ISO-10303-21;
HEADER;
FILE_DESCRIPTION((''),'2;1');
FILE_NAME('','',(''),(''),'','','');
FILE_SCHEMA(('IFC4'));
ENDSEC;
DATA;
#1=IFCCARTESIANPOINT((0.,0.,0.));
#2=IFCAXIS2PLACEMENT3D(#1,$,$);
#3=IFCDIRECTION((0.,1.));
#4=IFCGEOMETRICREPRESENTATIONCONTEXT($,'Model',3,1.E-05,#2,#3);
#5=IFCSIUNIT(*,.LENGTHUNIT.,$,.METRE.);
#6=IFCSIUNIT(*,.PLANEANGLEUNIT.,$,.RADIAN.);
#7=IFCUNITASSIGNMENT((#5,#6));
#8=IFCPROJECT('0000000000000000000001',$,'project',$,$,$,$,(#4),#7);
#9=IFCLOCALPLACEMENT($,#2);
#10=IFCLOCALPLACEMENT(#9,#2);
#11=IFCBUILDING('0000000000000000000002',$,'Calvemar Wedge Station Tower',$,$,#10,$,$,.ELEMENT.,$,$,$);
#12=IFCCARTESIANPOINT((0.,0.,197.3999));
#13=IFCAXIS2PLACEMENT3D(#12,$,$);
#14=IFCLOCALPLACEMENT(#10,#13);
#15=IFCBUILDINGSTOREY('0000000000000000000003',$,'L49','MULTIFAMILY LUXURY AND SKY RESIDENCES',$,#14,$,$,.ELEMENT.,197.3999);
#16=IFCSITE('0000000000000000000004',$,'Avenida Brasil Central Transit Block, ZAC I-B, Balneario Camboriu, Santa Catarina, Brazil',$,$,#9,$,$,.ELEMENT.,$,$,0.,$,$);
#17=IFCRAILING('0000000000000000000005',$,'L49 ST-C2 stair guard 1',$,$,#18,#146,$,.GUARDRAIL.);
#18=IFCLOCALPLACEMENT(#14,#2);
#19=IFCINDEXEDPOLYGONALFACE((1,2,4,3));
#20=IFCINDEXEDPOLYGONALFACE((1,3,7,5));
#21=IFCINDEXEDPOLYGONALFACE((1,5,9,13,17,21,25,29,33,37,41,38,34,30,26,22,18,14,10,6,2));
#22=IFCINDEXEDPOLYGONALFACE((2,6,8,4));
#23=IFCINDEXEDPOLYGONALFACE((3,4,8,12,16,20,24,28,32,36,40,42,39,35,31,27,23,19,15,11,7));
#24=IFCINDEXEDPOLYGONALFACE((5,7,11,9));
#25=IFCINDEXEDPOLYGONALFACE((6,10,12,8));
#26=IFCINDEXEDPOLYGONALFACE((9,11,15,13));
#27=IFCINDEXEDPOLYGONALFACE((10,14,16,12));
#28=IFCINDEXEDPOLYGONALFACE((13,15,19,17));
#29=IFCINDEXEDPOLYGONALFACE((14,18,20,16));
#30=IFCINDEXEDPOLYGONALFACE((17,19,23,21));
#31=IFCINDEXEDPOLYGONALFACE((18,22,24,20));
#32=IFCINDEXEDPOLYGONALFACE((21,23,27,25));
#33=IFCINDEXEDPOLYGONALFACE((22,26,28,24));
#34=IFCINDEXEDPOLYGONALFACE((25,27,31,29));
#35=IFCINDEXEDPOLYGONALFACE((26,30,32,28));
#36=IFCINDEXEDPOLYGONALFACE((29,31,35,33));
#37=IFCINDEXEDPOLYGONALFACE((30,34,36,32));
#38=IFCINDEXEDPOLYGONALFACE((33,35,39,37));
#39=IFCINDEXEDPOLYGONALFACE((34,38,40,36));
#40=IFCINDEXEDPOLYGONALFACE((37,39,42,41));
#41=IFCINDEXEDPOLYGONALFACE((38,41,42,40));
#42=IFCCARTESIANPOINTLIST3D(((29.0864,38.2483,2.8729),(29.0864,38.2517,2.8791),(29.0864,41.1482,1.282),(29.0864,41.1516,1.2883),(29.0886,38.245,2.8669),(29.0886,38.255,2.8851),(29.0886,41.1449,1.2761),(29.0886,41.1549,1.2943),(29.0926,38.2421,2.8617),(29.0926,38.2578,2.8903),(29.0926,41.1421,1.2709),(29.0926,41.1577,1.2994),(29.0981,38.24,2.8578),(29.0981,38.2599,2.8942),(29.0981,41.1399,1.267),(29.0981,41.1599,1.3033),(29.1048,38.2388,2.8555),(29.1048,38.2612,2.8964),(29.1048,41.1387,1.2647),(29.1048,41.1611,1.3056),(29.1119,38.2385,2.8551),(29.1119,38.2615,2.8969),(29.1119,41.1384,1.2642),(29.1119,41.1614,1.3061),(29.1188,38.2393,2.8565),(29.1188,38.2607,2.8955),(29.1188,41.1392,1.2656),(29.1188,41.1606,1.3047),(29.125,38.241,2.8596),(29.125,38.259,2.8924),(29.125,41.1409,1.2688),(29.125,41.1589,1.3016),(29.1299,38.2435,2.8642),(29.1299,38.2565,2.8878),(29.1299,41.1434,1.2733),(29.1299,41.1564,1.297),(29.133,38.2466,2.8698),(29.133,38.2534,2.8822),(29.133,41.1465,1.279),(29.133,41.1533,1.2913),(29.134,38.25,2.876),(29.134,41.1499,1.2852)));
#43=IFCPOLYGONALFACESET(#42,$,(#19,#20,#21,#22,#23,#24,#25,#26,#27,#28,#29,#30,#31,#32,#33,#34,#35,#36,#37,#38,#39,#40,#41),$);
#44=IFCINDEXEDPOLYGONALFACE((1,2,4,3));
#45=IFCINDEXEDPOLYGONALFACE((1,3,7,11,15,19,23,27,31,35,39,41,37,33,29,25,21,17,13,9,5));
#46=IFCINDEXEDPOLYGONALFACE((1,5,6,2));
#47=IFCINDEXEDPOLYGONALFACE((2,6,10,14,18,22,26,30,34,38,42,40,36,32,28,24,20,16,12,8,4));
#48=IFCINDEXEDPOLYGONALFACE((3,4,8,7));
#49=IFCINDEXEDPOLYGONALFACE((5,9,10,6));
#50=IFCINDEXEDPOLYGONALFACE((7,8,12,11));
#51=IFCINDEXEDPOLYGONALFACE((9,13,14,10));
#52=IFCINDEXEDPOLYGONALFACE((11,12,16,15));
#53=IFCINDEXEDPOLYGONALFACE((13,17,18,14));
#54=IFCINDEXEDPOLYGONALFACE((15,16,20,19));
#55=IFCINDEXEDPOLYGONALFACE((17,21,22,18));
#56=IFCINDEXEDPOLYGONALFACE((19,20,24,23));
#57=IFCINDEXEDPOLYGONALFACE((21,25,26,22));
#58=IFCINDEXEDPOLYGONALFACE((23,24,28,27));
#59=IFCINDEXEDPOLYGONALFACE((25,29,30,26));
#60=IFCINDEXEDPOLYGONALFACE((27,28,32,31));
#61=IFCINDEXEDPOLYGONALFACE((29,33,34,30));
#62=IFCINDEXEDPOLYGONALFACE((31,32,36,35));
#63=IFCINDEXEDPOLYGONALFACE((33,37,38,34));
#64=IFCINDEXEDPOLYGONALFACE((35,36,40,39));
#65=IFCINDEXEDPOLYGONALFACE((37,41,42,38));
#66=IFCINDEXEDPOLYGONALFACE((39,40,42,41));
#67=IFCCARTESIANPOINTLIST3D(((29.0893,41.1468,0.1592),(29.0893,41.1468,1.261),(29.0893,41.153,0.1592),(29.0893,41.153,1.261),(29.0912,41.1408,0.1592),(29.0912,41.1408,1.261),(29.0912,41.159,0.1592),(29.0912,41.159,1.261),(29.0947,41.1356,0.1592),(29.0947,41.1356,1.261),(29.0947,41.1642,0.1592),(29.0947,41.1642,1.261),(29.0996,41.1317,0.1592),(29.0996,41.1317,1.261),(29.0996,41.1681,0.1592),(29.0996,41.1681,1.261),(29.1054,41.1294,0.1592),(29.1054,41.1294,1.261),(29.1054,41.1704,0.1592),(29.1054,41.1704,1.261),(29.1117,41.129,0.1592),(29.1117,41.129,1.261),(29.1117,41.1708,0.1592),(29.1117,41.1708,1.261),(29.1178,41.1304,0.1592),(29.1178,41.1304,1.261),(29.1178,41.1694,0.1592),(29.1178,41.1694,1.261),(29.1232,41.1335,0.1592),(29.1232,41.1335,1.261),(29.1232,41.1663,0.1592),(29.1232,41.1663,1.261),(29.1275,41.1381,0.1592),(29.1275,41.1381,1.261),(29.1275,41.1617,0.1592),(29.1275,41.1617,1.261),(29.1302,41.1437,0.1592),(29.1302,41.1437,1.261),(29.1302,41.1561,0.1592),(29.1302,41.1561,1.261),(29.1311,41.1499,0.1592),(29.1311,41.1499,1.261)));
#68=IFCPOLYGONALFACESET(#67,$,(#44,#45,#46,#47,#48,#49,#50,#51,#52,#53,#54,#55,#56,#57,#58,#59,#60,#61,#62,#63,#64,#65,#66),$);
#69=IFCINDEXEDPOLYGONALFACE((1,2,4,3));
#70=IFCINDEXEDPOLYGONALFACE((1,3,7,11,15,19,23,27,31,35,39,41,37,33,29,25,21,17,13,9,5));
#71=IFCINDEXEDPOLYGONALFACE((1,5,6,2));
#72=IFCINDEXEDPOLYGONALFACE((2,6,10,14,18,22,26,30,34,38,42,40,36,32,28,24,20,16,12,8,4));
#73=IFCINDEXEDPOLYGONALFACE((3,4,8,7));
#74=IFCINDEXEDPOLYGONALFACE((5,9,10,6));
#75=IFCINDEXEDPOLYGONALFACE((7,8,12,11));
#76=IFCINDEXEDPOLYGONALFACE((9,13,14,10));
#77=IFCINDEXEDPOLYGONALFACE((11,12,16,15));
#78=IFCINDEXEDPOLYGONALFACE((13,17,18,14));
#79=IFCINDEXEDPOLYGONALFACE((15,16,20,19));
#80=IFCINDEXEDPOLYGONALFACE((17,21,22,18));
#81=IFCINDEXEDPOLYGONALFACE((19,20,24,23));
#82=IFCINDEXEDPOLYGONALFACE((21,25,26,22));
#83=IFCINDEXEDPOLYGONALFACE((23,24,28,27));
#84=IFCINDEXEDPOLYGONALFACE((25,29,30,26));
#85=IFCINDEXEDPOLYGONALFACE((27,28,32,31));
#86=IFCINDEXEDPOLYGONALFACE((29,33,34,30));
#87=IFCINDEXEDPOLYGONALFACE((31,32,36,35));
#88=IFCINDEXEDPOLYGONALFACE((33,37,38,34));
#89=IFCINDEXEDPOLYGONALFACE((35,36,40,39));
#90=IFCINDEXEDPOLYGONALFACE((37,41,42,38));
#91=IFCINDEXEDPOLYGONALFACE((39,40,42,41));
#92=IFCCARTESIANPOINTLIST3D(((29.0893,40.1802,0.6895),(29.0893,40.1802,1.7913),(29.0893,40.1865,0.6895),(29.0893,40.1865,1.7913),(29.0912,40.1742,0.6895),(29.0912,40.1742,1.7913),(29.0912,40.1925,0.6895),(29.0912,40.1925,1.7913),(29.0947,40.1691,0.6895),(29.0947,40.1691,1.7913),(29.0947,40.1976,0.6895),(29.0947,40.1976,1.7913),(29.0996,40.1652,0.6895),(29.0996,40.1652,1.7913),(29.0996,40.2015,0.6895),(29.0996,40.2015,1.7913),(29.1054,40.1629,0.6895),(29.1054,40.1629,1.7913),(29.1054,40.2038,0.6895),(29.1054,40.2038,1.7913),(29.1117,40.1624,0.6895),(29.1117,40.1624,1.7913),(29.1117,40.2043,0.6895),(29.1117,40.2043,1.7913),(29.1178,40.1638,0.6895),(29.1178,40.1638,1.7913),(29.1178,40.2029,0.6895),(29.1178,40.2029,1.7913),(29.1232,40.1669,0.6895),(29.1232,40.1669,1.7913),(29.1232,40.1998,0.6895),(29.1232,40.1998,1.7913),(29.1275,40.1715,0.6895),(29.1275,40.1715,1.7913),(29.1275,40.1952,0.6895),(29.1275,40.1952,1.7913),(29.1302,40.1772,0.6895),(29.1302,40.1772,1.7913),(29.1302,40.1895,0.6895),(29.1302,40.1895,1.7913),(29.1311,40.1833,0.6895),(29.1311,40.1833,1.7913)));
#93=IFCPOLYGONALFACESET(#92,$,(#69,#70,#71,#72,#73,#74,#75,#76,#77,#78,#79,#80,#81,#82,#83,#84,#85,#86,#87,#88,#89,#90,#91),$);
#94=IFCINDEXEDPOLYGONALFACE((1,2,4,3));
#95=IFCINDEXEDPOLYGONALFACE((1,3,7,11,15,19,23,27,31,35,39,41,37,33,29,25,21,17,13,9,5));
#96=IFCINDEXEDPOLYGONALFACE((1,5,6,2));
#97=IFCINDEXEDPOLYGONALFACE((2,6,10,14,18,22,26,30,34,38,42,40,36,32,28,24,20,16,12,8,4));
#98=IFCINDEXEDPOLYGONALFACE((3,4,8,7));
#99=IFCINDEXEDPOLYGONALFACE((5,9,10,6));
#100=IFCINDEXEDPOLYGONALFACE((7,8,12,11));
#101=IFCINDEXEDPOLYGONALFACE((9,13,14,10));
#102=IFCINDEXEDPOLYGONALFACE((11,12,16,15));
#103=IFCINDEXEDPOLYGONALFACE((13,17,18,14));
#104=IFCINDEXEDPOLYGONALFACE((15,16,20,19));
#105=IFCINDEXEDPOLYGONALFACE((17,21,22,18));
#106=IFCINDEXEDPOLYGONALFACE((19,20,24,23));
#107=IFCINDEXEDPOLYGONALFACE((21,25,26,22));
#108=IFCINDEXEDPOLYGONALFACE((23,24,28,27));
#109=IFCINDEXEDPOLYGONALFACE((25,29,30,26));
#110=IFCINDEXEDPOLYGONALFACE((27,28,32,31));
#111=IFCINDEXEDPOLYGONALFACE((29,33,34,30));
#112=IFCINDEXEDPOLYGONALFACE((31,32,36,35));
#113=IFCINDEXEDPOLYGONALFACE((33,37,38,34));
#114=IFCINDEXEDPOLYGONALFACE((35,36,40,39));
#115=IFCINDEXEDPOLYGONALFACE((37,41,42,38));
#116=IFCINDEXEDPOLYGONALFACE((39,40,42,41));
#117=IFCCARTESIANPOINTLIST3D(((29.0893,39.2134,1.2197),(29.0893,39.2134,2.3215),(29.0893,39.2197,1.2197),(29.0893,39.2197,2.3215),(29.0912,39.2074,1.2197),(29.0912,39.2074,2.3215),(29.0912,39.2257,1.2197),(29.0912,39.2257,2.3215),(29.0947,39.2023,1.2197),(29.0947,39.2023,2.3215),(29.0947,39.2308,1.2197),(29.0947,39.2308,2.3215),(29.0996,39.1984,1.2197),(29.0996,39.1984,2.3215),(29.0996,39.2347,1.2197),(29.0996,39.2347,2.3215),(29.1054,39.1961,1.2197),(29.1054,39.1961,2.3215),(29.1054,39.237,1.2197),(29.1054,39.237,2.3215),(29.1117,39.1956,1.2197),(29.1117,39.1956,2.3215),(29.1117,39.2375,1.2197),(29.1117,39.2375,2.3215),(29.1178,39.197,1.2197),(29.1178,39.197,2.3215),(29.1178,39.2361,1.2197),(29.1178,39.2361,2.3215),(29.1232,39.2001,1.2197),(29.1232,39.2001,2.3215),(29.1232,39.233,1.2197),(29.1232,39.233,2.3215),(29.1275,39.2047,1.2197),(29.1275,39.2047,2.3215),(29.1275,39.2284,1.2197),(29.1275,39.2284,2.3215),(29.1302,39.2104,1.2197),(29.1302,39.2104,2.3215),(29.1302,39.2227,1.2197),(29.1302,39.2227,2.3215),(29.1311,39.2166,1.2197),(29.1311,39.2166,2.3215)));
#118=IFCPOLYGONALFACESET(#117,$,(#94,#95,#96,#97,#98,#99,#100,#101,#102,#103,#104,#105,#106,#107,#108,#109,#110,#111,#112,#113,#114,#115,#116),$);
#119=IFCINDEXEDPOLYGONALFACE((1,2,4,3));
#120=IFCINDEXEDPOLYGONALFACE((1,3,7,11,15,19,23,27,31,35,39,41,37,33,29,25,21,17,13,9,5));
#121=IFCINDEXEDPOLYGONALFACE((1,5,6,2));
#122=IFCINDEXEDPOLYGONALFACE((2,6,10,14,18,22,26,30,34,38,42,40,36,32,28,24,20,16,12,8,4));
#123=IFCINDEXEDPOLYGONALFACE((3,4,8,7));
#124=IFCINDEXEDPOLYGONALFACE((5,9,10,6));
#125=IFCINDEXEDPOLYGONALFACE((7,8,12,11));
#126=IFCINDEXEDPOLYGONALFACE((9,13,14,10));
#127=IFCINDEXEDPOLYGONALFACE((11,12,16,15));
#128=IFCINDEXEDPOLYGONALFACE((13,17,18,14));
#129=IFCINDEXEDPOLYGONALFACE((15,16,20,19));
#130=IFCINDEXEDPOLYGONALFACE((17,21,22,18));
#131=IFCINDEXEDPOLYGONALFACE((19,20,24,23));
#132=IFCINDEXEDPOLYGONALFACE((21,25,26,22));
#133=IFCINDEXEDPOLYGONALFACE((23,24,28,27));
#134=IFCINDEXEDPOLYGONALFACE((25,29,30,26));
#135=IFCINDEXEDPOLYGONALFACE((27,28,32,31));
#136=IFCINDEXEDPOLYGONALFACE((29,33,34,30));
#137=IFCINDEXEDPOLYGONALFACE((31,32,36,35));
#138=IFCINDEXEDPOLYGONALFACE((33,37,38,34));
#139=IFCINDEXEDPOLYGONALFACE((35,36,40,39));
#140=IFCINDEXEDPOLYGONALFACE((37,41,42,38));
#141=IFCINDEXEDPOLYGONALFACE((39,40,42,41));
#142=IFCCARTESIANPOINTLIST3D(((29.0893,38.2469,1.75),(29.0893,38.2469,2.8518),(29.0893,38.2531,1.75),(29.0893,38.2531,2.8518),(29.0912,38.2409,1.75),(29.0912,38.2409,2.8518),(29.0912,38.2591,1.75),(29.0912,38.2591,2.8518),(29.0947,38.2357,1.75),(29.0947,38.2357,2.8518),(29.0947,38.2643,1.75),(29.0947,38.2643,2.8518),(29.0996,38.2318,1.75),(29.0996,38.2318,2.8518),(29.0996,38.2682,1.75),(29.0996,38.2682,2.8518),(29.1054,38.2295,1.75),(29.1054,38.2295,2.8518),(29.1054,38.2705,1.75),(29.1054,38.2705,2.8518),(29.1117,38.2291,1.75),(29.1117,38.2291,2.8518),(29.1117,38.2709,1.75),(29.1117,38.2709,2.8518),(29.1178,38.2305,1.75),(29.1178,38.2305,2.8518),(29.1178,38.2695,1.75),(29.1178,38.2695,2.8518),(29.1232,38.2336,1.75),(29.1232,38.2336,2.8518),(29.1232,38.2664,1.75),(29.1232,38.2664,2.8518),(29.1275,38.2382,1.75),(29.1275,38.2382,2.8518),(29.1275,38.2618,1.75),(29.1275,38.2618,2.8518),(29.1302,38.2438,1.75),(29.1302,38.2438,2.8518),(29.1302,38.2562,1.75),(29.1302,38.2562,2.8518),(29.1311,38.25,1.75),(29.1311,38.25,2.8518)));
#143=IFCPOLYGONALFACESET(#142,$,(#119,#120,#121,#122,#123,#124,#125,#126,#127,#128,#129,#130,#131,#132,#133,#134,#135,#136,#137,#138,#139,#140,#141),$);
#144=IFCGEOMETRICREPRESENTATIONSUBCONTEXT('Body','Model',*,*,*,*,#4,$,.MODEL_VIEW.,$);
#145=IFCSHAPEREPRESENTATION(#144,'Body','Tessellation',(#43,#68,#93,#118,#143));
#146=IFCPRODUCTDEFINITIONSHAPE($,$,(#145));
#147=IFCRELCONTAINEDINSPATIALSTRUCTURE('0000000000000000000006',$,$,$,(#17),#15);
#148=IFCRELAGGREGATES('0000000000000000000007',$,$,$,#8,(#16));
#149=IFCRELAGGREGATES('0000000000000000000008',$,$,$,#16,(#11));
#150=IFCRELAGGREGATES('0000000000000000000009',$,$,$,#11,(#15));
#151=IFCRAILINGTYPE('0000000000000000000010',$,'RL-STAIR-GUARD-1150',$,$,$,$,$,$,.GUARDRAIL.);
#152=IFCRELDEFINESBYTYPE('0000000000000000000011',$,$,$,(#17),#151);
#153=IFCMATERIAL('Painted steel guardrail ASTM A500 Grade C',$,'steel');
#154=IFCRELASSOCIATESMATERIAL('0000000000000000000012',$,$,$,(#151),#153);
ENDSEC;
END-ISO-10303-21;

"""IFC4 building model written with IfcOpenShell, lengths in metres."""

from ifc_helpers import new_model, si_unit, direction, frame, origin, origin_2d, place, context, subcontext, project, spatial, circle, extrude, material, type_object, element, save


model = new_model("IFC4")

# Units and contexts
model_context = context("Model", 3, precision=1e-05, world=origin(), true_north=direction((0.0, 1.0)))
body_context = subcontext(model_context, "Body", "Model", "MODEL_VIEW")
ifc_project = project(units=[si_unit("LENGTHUNIT", "METRE"), si_unit("PLANEANGLEUNIT", "RADIAN")], contexts=[model_context])

# Site, building, storey
site_placement = place(None, origin())
site = spatial("IfcSite", under=ifc_project, at=site_placement, Name="Avenida Brasil Central Transit Block, ZAC I-B, Balneario Camboriu, Santa Catarina, Brazil", CompositionType="ELEMENT", RefElevation=0.0)
building_placement = place(site_placement, origin())
building = spatial("IfcBuilding", under=site, at=building_placement, Name="Calvemar Wedge Station Tower", CompositionType="ELEMENT")
storey_placement = place(building_placement, frame((0.0, 0.0, 197.3999)))
storey = spatial("IfcBuildingStorey", under=building, at=storey_placement, Name="L49", Description="MULTIFAMILY LUXURY AND SKY RESIDENCES", CompositionType="ELEMENT", Elevation=197.3999)

# Railing
ifc_material_1 = material(Name="Painted steel guardrail ASTM A500 Grade C", Category="steel")
railing_type_1 = type_object("IfcRailingType", Name="RL-STAIR-GUARD-1150", PredefinedType="GUARDRAIL", material=ifc_material_1)
railing_1_placement = place(storey_placement, frame((29.1101, 41.1499, 0.1592)))
element("IfcRailing", 1, at=railing_1_placement, inside=storey, type_object=railing_type_1, Name="L49 ST-C2 stair guard 1", PredefinedType="GUARDRAIL", context=body_context, shape_type="SweptSolid", body=[
    extrude(circle(Radius=0.0239, at=origin_2d()), frame((0.0, 0.0, 1.126), z_axis=(0.0, -0.876742, 0.480961), x_axis=(1.0, 0.0, 0.0)), (0.0, 0.0, 1.0), 3.3076),
    extrude(circle(Radius=0.021, at=origin_2d()), origin(), (0.0, 0.0, 1.0), 1.1018),
    extrude(circle(Radius=0.021, at=origin_2d()), frame((0.0, -0.9666, 0.5303)), (0.0, 0.0, 1.0), 1.1018),
    extrude(circle(Radius=0.021, at=origin_2d()), frame((0.0, -1.9333, 1.0605)), (0.0, 0.0, 1.0), 1.1018),
    extrude(circle(Radius=0.021, at=origin_2d()), frame((0.0, -2.8999, 1.5908)), (0.0, 0.0, 1.0), 1.1018),
])

save(model, "model.ifc")
